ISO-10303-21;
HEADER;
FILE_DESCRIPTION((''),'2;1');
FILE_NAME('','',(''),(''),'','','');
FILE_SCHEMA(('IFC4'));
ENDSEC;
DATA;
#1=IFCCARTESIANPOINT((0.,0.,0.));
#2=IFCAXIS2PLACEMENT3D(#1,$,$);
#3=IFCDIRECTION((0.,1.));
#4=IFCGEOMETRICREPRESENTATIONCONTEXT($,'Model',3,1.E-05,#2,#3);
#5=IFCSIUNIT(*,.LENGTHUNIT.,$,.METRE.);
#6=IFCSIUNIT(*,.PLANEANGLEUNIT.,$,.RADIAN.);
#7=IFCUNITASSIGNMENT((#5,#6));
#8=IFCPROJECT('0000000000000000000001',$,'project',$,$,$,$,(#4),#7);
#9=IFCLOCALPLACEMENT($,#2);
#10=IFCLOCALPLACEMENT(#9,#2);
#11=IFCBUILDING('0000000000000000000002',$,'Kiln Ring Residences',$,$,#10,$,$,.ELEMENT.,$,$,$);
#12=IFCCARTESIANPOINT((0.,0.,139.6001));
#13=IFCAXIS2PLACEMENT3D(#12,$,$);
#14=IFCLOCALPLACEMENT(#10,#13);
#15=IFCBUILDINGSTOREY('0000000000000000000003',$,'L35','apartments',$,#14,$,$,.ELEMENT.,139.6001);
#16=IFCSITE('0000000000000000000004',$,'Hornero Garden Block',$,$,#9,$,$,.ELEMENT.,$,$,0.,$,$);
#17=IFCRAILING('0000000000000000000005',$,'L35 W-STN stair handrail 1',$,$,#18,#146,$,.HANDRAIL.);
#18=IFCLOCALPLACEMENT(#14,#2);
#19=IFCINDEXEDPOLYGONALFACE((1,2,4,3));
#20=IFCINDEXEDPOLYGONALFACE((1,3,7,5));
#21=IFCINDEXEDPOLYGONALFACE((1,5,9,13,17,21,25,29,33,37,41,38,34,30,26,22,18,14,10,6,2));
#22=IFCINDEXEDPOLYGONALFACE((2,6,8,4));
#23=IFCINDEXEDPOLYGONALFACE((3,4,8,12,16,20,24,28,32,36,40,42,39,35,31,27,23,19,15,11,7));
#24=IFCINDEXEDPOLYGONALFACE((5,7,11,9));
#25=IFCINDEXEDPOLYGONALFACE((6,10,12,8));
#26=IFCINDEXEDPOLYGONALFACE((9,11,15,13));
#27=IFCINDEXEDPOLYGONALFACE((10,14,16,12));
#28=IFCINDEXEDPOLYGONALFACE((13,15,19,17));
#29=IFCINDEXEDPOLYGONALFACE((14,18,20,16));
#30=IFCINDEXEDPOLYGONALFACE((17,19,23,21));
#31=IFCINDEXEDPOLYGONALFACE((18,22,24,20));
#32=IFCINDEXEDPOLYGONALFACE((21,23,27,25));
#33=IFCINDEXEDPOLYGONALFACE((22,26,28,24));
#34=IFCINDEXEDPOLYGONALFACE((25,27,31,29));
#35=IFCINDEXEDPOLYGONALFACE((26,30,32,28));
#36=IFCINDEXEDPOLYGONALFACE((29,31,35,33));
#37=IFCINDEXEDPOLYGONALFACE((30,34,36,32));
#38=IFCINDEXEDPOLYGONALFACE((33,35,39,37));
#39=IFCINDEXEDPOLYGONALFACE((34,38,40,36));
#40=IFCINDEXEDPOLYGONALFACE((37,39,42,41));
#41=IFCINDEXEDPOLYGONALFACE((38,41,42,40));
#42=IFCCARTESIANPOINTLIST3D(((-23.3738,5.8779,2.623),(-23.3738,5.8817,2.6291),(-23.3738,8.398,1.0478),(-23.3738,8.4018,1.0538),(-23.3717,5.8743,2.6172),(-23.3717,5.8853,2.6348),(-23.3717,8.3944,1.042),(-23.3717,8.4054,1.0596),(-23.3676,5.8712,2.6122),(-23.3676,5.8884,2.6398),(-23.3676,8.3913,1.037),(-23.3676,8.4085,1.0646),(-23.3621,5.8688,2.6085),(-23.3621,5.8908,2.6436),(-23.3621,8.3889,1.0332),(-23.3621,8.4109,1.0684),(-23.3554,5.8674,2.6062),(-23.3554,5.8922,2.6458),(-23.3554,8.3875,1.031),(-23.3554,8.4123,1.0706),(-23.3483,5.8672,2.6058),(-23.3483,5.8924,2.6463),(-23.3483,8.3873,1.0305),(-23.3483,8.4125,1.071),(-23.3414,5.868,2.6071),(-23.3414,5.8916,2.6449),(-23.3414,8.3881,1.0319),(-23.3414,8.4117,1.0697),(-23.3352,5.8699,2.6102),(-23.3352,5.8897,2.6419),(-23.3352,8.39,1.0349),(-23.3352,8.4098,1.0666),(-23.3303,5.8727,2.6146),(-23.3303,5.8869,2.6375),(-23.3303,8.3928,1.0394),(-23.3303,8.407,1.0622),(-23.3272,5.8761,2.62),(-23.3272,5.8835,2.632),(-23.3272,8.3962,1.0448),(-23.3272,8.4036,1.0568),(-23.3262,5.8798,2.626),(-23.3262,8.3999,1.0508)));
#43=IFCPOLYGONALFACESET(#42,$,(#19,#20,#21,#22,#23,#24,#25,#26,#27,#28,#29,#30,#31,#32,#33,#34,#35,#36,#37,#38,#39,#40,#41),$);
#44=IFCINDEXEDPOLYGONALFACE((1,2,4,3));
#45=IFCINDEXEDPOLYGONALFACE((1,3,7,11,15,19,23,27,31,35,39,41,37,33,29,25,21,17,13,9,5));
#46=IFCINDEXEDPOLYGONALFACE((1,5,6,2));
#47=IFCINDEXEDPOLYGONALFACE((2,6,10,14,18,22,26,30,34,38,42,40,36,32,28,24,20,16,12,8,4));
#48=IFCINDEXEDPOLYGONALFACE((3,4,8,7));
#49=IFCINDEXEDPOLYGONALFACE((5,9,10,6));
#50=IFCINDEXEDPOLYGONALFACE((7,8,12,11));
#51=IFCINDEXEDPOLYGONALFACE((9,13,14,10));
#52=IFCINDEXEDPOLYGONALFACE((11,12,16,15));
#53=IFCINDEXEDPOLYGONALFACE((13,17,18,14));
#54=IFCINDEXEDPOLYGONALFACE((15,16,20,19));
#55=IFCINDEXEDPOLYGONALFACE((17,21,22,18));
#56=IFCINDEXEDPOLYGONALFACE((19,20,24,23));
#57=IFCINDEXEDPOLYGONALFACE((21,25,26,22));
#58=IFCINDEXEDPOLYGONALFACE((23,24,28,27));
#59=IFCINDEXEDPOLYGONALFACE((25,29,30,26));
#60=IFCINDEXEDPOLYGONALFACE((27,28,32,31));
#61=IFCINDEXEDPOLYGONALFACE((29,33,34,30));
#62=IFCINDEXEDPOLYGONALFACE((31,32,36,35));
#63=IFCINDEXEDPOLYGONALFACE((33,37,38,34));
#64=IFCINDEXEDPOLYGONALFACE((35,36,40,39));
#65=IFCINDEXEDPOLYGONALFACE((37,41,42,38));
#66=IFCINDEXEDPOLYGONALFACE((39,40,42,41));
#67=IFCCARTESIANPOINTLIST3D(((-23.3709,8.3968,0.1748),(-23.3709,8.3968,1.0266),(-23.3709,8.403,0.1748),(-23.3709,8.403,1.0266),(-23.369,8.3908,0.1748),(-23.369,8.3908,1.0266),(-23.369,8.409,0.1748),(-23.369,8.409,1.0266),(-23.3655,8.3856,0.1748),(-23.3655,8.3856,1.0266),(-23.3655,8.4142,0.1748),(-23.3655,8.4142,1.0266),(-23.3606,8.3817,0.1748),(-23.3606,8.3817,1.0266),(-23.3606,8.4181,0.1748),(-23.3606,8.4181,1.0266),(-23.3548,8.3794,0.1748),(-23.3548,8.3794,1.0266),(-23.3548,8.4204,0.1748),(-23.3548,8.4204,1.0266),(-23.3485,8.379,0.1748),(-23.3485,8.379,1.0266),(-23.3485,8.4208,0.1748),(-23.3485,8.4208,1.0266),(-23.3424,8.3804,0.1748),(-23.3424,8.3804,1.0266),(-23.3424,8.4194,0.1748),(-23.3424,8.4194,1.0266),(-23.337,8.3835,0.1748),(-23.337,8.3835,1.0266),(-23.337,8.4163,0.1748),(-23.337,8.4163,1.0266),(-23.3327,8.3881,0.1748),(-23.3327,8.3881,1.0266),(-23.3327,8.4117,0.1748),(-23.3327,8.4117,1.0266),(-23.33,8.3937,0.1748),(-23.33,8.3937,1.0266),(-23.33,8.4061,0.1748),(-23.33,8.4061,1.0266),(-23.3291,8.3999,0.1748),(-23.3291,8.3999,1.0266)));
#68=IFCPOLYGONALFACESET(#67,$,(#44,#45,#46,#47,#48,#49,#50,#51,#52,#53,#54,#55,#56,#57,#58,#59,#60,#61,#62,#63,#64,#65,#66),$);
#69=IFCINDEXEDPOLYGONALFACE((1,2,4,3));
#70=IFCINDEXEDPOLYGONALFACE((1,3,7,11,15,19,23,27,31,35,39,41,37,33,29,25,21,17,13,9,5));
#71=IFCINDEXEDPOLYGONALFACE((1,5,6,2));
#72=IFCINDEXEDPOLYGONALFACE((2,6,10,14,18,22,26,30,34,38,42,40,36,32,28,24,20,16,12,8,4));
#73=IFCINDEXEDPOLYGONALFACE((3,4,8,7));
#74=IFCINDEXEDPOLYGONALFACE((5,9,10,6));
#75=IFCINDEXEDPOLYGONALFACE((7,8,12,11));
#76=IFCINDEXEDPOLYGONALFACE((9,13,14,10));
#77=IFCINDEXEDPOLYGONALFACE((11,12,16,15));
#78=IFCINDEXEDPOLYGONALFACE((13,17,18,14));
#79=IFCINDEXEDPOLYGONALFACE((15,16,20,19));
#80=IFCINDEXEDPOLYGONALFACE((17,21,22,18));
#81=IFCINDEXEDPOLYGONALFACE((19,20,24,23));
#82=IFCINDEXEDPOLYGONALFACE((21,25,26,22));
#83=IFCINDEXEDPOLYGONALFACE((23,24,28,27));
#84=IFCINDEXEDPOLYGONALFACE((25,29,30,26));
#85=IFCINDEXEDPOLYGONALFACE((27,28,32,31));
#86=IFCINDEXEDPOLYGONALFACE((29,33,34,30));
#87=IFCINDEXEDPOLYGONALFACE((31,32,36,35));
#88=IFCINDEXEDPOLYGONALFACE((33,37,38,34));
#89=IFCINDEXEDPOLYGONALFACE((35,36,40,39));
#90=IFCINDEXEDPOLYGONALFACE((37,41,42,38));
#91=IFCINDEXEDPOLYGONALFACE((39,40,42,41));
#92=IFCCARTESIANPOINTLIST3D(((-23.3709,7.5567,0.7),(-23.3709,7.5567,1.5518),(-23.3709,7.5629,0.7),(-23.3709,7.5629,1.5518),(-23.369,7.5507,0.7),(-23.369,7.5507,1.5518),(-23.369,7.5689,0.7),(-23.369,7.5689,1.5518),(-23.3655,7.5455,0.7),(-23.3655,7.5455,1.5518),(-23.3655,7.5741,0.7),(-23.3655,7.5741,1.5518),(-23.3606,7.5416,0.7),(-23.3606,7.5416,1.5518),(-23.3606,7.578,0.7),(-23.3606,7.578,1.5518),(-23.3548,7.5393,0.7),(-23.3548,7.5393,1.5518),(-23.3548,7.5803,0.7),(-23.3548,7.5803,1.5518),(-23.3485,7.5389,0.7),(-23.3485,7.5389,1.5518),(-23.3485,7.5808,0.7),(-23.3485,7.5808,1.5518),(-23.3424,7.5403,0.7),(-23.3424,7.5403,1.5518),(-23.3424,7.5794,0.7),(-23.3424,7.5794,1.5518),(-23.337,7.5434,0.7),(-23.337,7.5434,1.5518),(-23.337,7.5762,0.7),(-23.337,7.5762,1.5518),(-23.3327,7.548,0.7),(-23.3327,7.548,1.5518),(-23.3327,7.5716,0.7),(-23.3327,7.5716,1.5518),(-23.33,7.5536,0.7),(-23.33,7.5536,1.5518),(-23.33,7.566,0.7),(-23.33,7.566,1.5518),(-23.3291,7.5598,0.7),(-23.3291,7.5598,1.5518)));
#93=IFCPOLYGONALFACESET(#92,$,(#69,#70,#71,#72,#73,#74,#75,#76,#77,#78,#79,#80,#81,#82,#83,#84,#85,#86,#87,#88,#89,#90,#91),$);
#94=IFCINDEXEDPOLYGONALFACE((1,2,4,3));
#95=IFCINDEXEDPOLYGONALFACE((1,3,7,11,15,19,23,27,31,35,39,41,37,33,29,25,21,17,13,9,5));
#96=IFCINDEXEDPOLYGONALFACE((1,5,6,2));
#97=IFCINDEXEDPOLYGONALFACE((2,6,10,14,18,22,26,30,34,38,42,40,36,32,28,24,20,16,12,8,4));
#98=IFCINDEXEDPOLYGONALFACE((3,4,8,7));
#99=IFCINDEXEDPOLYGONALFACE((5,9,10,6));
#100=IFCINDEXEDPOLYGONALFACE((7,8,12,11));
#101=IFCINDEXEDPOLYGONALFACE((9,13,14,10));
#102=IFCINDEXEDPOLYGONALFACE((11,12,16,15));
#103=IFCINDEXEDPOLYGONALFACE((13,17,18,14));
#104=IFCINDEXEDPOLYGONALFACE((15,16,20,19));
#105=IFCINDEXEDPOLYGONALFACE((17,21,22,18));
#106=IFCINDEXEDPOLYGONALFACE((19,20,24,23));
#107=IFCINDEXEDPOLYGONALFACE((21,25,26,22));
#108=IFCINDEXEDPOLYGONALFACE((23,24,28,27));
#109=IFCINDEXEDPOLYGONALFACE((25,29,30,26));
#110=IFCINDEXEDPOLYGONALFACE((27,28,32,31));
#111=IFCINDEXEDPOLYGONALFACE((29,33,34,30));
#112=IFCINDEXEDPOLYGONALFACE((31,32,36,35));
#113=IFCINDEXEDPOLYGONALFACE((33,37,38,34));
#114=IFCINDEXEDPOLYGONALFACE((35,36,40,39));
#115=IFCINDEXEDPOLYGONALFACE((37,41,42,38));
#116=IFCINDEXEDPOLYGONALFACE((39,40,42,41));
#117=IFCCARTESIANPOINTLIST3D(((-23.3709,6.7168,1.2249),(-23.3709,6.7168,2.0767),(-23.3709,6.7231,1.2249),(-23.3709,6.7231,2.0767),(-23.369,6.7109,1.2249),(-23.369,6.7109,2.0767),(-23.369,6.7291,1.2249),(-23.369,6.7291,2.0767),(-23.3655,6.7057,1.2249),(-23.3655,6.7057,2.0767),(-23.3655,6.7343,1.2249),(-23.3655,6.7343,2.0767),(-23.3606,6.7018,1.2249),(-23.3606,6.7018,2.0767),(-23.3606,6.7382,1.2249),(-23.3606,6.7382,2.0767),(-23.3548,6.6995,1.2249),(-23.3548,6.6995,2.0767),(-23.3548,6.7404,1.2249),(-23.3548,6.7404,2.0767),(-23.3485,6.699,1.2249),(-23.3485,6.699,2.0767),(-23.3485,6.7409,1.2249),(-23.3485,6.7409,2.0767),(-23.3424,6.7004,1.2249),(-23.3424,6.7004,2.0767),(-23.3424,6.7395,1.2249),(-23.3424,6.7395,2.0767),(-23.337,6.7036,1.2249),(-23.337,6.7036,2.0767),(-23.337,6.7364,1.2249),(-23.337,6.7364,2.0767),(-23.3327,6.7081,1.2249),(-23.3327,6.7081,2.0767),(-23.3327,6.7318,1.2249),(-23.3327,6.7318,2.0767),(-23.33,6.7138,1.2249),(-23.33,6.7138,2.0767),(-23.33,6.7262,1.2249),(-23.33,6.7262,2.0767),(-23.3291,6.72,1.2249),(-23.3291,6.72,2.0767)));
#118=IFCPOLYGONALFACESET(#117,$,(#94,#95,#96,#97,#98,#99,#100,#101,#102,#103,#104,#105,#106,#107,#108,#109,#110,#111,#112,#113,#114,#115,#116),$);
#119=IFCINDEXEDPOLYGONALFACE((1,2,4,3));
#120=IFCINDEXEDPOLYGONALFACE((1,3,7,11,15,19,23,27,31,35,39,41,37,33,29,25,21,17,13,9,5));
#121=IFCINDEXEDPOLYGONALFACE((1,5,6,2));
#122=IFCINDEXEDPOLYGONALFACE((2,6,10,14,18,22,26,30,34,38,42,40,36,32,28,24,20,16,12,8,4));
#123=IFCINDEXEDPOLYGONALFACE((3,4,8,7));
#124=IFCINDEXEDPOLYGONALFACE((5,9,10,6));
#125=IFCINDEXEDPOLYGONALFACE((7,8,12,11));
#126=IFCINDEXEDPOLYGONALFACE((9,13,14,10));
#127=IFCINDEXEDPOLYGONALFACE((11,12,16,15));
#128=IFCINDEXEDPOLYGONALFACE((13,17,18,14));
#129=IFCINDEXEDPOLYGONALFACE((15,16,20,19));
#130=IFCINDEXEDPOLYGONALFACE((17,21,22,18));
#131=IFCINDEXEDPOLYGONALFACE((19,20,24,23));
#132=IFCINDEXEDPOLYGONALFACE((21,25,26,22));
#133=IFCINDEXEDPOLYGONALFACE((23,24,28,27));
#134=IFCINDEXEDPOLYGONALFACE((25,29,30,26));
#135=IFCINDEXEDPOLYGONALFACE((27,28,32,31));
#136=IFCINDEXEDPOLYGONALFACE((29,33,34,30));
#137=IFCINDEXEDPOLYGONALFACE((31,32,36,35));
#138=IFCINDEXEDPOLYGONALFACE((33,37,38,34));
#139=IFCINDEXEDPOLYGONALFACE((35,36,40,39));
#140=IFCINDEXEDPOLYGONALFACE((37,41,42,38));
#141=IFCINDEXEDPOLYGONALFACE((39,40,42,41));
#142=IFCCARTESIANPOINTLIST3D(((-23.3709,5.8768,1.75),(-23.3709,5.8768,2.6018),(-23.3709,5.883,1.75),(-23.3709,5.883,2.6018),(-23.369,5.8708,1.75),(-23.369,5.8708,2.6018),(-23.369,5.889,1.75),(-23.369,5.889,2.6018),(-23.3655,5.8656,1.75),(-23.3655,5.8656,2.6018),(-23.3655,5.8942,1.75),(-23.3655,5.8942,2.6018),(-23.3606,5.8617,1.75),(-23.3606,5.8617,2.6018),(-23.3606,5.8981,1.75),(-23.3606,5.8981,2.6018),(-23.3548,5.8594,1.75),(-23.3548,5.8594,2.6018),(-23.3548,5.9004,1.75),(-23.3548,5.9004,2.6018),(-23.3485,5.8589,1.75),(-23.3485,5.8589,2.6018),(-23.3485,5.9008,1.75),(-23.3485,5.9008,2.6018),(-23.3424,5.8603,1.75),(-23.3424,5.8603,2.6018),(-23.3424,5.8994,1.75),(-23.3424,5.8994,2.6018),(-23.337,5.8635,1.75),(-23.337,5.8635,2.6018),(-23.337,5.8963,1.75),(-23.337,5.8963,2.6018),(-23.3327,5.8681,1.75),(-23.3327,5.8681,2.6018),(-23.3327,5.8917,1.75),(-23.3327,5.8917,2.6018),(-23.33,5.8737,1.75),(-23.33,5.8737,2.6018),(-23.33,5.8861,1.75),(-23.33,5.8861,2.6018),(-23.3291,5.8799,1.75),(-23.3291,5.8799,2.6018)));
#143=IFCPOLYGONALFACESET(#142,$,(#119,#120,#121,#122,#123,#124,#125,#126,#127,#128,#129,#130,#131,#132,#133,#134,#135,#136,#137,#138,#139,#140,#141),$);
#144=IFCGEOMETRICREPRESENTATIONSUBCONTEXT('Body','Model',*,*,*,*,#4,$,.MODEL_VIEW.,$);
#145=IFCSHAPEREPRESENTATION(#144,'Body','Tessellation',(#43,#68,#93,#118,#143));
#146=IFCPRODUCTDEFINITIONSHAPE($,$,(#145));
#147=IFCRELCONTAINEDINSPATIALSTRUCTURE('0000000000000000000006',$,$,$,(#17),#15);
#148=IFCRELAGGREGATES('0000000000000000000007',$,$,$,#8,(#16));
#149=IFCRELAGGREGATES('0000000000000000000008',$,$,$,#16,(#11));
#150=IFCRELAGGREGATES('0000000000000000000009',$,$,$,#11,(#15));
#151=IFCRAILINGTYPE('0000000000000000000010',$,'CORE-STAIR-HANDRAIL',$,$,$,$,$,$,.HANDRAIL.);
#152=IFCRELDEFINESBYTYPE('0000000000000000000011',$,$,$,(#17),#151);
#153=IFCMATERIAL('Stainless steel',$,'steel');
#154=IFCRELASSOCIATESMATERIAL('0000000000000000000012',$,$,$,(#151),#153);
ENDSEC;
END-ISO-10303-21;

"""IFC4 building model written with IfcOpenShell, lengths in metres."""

from ifc_helpers import new_model, si_unit, direction, frame, origin, origin_2d, place, context, subcontext, project, spatial, circle, extrude, material, type_object, element, save


model = new_model("IFC4")

# Units and contexts
model_context = context("Model", 3, precision=1e-05, world=origin(), true_north=direction((0.0, 1.0)))
body_context = subcontext(model_context, "Body", "Model", "MODEL_VIEW")
ifc_project = project(units=[si_unit("LENGTHUNIT", "METRE"), si_unit("PLANEANGLEUNIT", "RADIAN")], contexts=[model_context])

# Site, building, storey
site_placement = place(None, origin())
site = spatial("IfcSite", under=ifc_project, at=site_placement, Name="Hornero Garden Block", CompositionType="ELEMENT", RefElevation=0.0)
building_placement = place(site_placement, origin())
building = spatial("IfcBuilding", under=site, at=building_placement, Name="Kiln Ring Residences", CompositionType="ELEMENT")
storey_placement = place(building_placement, frame((0.0, 0.0, 139.6001)))
storey = spatial("IfcBuildingStorey", under=building, at=storey_placement, Name="L35", Description="apartments", CompositionType="ELEMENT", Elevation=139.6001)

# Railing
ifc_material_1 = material(Name="Stainless steel", Category="steel")
railing_type_1 = type_object("IfcRailingType", Name="CORE-STAIR-HANDRAIL", PredefinedType="HANDRAIL", material=ifc_material_1)
railing_1_placement = place(storey_placement, frame((-23.3501, 8.3999, 0.1748)))
element("IfcRailing", 1, at=railing_1_placement, inside=storey, type_object=railing_type_1, Name="L35 W-STN stair handrail 1", PredefinedType="HANDRAIL", context=body_context, shape_type="SweptSolid", body=[
    extrude(circle(Radius=0.0239, at=origin_2d()), frame((0.0, 0.0, 0.876), z_axis=(0.0, -0.847971, 0.530043), x_axis=(1.0, 0.0, 0.0)), (0.0, 0.0, 1.0), 2.9719),
    extrude(circle(Radius=0.021, at=origin_2d()), origin(), (0.0, 0.0, 1.0), 0.8518),
    extrude(circle(Radius=0.021, at=origin_2d()), frame((0.0, -0.8401, 0.5251)), (0.0, 0.0, 1.0), 0.8518),
    extrude(circle(Radius=0.021, at=origin_2d()), frame((0.0, -1.6799, 1.05)), (0.0, 0.0, 1.0), 0.8518),
    extrude(circle(Radius=0.021, at=origin_2d()), frame((0.0, -2.52, 1.5752)), (0.0, 0.0, 1.0), 0.8518),
])

save(model, "model.ifc")
